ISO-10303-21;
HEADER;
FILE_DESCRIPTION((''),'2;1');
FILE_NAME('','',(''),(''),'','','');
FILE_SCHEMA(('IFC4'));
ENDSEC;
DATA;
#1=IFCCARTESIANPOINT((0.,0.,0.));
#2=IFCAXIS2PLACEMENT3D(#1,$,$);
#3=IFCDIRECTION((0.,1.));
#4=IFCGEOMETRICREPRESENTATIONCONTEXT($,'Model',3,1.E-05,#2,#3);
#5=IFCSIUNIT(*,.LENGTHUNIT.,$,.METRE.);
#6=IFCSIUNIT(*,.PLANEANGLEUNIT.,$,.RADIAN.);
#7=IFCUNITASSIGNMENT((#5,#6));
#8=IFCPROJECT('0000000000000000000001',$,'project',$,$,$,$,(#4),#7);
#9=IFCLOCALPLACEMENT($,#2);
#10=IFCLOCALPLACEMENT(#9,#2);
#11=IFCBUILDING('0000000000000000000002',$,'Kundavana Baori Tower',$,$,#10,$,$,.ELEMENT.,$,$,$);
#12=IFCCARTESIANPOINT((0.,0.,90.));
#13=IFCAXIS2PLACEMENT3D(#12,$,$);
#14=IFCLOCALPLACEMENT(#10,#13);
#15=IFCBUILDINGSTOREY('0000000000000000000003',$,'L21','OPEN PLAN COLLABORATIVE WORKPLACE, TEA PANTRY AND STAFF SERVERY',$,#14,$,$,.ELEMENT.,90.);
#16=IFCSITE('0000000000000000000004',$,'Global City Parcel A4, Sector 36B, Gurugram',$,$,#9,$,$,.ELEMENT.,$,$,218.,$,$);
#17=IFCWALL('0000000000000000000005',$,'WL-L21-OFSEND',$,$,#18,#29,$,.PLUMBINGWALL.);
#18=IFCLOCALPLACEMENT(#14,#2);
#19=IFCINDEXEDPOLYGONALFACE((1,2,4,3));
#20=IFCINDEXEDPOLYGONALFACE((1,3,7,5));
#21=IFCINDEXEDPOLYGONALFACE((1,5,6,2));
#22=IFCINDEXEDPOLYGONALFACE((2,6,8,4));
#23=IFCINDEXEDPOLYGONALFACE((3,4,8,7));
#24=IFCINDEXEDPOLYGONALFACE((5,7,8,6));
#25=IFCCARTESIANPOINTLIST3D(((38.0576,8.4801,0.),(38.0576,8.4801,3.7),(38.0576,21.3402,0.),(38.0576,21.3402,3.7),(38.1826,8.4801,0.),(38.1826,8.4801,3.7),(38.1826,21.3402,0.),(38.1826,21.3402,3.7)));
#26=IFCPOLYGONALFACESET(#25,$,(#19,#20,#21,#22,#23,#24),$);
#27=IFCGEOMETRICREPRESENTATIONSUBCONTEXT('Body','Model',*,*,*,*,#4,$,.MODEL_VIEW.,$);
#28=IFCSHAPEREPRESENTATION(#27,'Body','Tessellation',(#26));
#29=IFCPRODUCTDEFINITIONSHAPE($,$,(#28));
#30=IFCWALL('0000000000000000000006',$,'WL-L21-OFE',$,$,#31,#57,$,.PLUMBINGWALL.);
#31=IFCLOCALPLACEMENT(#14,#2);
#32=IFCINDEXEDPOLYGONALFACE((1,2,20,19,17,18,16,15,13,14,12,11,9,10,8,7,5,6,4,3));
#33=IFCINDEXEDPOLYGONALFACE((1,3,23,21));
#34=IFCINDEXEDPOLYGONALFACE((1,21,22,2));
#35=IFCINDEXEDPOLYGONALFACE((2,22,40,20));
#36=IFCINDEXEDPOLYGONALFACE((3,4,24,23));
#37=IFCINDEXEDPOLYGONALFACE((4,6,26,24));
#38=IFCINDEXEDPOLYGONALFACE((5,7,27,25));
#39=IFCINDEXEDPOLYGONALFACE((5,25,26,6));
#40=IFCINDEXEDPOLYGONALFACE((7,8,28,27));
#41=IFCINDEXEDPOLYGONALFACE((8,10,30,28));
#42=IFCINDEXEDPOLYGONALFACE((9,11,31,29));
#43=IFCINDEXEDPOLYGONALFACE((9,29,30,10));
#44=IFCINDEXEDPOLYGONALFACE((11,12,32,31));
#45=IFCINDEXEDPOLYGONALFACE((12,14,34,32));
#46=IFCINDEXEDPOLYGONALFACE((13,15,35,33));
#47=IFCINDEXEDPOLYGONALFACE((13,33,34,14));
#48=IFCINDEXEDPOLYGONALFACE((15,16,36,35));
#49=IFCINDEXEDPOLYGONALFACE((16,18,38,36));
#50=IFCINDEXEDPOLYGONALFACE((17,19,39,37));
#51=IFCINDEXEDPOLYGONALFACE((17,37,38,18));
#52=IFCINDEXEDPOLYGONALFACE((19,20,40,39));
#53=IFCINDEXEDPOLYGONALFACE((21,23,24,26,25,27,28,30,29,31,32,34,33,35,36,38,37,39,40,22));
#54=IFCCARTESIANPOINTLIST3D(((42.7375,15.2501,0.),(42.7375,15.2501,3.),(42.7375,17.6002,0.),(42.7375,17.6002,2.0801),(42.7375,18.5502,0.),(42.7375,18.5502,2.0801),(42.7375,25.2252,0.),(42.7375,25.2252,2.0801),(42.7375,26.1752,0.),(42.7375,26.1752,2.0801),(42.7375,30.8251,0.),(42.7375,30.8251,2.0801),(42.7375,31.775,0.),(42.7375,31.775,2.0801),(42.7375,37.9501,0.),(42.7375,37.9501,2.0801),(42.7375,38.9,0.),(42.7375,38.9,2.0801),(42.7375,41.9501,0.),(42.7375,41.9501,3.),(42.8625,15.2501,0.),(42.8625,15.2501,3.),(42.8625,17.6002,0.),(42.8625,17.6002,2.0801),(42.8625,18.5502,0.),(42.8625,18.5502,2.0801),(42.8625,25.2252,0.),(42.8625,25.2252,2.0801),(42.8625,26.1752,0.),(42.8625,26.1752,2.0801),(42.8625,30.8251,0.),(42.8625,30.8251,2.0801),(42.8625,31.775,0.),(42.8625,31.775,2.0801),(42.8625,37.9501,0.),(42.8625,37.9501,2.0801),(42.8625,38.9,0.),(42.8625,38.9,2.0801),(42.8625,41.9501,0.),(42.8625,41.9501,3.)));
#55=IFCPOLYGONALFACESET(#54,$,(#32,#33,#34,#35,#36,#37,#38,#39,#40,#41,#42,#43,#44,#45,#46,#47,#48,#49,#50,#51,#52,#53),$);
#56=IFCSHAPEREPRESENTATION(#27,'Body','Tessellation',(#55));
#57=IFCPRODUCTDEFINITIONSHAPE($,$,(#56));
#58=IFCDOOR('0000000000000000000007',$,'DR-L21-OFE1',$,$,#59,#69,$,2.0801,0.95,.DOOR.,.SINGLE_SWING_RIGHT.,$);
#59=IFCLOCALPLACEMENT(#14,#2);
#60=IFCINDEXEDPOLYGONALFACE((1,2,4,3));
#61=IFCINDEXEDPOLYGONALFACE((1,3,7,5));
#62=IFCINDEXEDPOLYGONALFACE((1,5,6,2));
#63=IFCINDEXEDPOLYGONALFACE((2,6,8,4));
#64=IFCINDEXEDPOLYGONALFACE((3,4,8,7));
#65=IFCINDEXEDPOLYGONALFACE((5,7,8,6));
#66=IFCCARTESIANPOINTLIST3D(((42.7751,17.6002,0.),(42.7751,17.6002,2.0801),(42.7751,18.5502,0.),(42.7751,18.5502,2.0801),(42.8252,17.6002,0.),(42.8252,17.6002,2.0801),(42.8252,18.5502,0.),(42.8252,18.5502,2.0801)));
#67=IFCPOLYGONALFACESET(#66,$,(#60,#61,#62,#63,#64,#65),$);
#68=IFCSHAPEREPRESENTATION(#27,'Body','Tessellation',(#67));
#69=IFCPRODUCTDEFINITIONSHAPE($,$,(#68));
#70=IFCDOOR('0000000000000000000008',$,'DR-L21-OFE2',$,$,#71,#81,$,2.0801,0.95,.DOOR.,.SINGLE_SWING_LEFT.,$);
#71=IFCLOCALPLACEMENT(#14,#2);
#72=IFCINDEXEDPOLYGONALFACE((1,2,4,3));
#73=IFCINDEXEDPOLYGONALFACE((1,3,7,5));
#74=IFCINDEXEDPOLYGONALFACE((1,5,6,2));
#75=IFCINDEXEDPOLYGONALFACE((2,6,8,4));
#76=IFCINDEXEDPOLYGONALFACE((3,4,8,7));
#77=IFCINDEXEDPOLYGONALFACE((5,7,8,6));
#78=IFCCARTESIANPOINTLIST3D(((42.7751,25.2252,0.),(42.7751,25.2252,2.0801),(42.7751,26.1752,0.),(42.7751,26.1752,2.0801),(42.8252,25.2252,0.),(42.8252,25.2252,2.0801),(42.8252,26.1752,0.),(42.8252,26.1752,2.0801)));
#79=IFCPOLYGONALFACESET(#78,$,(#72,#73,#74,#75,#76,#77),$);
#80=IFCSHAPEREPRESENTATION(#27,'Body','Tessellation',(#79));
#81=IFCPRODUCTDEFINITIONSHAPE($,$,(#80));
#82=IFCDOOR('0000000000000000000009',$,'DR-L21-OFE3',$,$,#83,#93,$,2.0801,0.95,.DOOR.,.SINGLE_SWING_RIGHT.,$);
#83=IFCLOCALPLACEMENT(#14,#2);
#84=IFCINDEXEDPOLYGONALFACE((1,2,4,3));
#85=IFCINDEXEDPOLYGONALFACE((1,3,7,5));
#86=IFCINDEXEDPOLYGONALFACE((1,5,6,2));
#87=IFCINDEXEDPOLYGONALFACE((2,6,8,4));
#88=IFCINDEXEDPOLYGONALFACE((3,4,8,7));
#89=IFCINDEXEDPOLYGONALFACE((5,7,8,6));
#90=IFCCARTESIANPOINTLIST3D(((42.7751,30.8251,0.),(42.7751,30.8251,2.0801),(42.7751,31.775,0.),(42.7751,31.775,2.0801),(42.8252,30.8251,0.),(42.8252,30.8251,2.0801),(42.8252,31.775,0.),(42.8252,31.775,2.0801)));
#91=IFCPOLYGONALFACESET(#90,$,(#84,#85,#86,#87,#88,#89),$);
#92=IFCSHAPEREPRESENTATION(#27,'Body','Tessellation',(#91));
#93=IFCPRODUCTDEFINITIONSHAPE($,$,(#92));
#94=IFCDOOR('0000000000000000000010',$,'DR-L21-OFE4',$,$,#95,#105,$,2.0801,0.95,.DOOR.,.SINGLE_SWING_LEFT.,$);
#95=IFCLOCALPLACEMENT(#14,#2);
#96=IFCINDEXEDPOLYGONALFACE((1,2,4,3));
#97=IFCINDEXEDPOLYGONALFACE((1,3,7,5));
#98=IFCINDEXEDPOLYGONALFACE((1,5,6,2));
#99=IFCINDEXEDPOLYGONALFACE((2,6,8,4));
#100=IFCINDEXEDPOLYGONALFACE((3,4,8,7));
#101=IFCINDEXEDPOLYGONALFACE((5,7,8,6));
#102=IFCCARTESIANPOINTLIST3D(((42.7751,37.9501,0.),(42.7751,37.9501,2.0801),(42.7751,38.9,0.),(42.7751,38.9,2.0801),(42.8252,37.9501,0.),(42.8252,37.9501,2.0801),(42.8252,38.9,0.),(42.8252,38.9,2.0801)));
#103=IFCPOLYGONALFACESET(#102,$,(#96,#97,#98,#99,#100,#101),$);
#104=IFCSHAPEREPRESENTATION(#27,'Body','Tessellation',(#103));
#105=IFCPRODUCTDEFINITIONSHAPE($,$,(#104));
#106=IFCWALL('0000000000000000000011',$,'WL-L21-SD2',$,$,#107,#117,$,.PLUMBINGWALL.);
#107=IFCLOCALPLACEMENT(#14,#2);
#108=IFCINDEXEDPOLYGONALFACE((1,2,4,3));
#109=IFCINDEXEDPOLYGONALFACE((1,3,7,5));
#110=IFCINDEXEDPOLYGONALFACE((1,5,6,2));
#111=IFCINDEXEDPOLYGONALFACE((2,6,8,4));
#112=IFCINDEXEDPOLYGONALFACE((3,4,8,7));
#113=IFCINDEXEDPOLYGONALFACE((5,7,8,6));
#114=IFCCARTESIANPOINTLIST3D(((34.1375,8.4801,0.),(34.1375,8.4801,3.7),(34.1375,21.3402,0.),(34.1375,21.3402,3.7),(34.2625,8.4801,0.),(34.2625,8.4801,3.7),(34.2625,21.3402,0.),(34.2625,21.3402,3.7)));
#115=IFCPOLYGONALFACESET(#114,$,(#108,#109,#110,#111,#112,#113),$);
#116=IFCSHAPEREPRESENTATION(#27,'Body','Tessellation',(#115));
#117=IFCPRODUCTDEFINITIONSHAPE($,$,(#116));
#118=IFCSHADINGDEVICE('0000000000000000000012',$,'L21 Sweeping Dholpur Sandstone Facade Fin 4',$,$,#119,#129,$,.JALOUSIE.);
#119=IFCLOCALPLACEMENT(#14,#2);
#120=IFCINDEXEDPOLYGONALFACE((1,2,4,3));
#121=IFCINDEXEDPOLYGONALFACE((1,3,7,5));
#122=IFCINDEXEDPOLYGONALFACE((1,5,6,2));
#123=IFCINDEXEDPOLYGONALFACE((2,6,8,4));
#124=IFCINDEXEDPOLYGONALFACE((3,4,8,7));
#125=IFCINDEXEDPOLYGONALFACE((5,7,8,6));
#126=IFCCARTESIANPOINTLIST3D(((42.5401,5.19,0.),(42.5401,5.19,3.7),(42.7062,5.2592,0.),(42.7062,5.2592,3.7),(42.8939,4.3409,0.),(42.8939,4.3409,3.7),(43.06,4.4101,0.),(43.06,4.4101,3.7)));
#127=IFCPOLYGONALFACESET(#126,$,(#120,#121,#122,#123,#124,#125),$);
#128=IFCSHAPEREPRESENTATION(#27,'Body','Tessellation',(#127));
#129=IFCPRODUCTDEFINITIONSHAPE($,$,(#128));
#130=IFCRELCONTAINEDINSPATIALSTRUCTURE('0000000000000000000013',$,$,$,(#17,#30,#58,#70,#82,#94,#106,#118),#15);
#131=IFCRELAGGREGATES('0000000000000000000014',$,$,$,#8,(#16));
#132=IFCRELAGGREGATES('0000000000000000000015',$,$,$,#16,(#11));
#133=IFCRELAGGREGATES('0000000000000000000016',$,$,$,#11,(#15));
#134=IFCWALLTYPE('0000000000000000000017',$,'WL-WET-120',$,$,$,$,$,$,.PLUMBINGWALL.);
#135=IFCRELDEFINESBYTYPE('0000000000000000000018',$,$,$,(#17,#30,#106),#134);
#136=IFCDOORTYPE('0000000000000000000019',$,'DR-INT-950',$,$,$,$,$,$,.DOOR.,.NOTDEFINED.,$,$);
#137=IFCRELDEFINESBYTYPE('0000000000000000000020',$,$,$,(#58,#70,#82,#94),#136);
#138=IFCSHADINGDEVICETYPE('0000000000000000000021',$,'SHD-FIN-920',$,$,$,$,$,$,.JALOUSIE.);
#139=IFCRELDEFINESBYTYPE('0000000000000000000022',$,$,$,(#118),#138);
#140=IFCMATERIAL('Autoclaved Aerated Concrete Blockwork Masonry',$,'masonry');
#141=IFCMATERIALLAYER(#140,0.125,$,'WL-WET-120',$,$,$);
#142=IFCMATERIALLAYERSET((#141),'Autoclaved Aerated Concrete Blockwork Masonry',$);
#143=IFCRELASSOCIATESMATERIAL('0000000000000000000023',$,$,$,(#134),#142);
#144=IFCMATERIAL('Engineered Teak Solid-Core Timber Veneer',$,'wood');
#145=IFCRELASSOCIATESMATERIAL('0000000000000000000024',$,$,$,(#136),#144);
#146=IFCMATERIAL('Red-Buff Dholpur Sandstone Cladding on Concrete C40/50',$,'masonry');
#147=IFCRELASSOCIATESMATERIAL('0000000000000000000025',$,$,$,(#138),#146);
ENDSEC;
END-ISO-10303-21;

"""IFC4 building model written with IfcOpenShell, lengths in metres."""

from ifc_helpers import new_model, si_unit, direction, frame, frame_2d, origin, origin_2d, place, context, subcontext, project, spatial, rectangle, extrude, material, layer, layer_set, type_object, element, fill, save


model = new_model("IFC4")

# Units and contexts
model_context = context("Model", 3, precision=1e-05, world=origin(), true_north=direction((0.0, 1.0)))
body_context = subcontext(model_context, "Body", "Model", "MODEL_VIEW")
ifc_project = project(units=[si_unit("LENGTHUNIT", "METRE"), si_unit("PLANEANGLEUNIT", "RADIAN")], contexts=[model_context])

# Site, building, storey
site_placement = place(None, origin())
site = spatial("IfcSite", under=ifc_project, at=site_placement, Name="Global City Parcel A4, Sector 36B, Gurugram", CompositionType="ELEMENT", RefElevation=218.0)
building_placement = place(site_placement, origin())
building = spatial("IfcBuilding", under=site, at=building_placement, Name="Kundavana Baori Tower", CompositionType="ELEMENT")
storey_placement = place(building_placement, frame((0.0, 0.0, 90.0)))
storey = spatial("IfcBuildingStorey", under=building, at=storey_placement, Name="L21", Description="OPEN PLAN COLLABORATIVE WORKPLACE, TEA PANTRY AND STAFF SERVERY", CompositionType="ELEMENT", Elevation=90.0)

# Wall
ifc_material_1 = material(Name="Autoclaved Aerated Concrete Blockwork Masonry", Category="masonry")
ifc_layer_1 = layer(ifc_material_1, 0.125, Name="WL-WET-120")
ifc_layer_set_1 = layer_set([ifc_layer_1], Name="Autoclaved Aerated Concrete Blockwork Masonry")
wall_type_1 = type_object("IfcWallType", Name="WL-WET-120", PredefinedType="PLUMBINGWALL", material=ifc_layer_set_1)
wall_1_placement = place(storey_placement, frame((38.1201, 8.48, 0.0), z_axis=(0.0, 0.0, 1.0), x_axis=(0.0, 1.0, 0.0)))
element("IfcWall", 1, at=wall_1_placement, inside=storey, type_object=wall_type_1, Name="WL-L21-OFSEND", PredefinedType="PLUMBINGWALL", context=body_context, shape_type="SweptSolid", body=[
    extrude(rectangle(XDim=12.8601, YDim=0.125, at=frame_2d((6.4302, 0.0))), origin(), (0.0, 0.0, 1.0), 3.7),
])

# Wall, openings, doors
wall_2_placement = place(storey_placement, frame((42.8, 15.25, 0.0), z_axis=(0.0, 0.0, 1.0), x_axis=(0.0, 1.0, 0.0)))
wall_2 = element("IfcWall", 2, at=wall_2_placement, inside=storey, type_object=wall_type_1, Name="WL-L21-OFE", PredefinedType="PLUMBINGWALL", context=body_context, shape_type="SweptSolid", body=[
    extrude(rectangle(XDim=26.7, YDim=0.125, at=frame_2d((13.3501, 0.0))), origin(), (0.0, 0.0, 1.0), 3.0),
])
opening_1_placement = place(wall_2_placement, frame((2.3501, 0.0, 0.0)))
opening_1 = element("IfcOpeningElement", 3, at=opening_1_placement, cuts=wall_2, PredefinedType="OPENING", context=body_context, shape_type="SweptSolid", body=[
    extrude(rectangle(XDim=0.95, YDim=2.0801, at=frame_2d((0.4751, 1.04))), frame((0.0, 0.0725, 0.0), z_axis=(0.0, -1.0, 0.0), x_axis=(1.0, 0.0, 0.0)), (0.0, 0.0, 1.0), 0.145),
])
opening_2_placement = place(wall_2_placement, frame((9.9751, 0.0, 0.0)))
opening_2 = element("IfcOpeningElement", 4, at=opening_2_placement, cuts=wall_2, PredefinedType="OPENING", context=body_context, shape_type="SweptSolid", body=[
    extrude(rectangle(XDim=0.95, YDim=2.0801, at=frame_2d((0.4751, 1.04))), frame((0.0, 0.0725, 0.0), z_axis=(0.0, -1.0, 0.0), x_axis=(1.0, 0.0, 0.0)), (0.0, 0.0, 1.0), 0.145),
])
opening_3_placement = place(wall_2_placement, frame((15.575, 0.0, 0.0)))
opening_3 = element("IfcOpeningElement", 5, at=opening_3_placement, cuts=wall_2, PredefinedType="OPENING", context=body_context, shape_type="SweptSolid", body=[
    extrude(rectangle(XDim=0.95, YDim=2.0801, at=frame_2d((0.4751, 1.04))), frame((0.0, 0.0725, 0.0), z_axis=(0.0, -1.0, 0.0), x_axis=(1.0, 0.0, 0.0)), (0.0, 0.0, 1.0), 0.145),
])
opening_4_placement = place(wall_2_placement, frame((22.7, 0.0, 0.0)))
opening_4 = element("IfcOpeningElement", 6, at=opening_4_placement, cuts=wall_2, PredefinedType="OPENING", context=body_context, shape_type="SweptSolid", body=[
    extrude(rectangle(XDim=0.95, YDim=2.0801, at=frame_2d((0.4751, 1.04))), frame((0.0, 0.0725, 0.0), z_axis=(0.0, -1.0, 0.0), x_axis=(1.0, 0.0, 0.0)), (0.0, 0.0, 1.0), 0.145),
])
ifc_material_2 = material(Name="Engineered Teak Solid-Core Timber Veneer", Category="wood")
door_type_1 = type_object("IfcDoorType", Name="DR-INT-950", OperationType="NOTDEFINED", PredefinedType="DOOR", material=ifc_material_2)
door_1_placement = place(opening_1_placement, origin())
door_1 = element("IfcDoor", 7, at=door_1_placement, inside=storey, type_object=door_type_1, Name="DR-L21-OFE1", OperationType="SINGLE_SWING_RIGHT", OverallHeight=2.0801, OverallWidth=0.95, PredefinedType="DOOR", context=body_context, shape_type="SweptSolid", body=[
    extrude(rectangle(XDim=0.95, YDim=2.0801, at=frame_2d((0.4751, 1.04))), frame((0.0, 0.0249, 0.0), z_axis=(0.0, -1.0, 0.0), x_axis=(1.0, 0.0, 0.0)), (0.0, 0.0, 1.0), 0.05),
])
fill(opening_1, door_1)
door_2_placement = place(opening_2_placement, origin())
door_2 = element("IfcDoor", 8, at=door_2_placement, inside=storey, type_object=door_type_1, Name="DR-L21-OFE2", OperationType="SINGLE_SWING_LEFT", OverallHeight=2.0801, OverallWidth=0.95, PredefinedType="DOOR", context=body_context, shape_type="SweptSolid", body=[
    extrude(rectangle(XDim=0.95, YDim=2.0801, at=frame_2d((0.4751, 1.04))), frame((0.0, 0.0249, 0.0), z_axis=(0.0, -1.0, 0.0), x_axis=(1.0, 0.0, 0.0)), (0.0, 0.0, 1.0), 0.05),
])
fill(opening_2, door_2)
door_3_placement = place(opening_3_placement, origin())
door_3 = element("IfcDoor", 9, at=door_3_placement, inside=storey, type_object=door_type_1, Name="DR-L21-OFE3", OperationType="SINGLE_SWING_RIGHT", OverallHeight=2.0801, OverallWidth=0.95, PredefinedType="DOOR", context=body_context, shape_type="SweptSolid", body=[
    extrude(rectangle(XDim=0.95, YDim=2.0801, at=frame_2d((0.4751, 1.04))), frame((0.0, 0.0249, 0.0), z_axis=(0.0, -1.0, 0.0), x_axis=(1.0, 0.0, 0.0)), (0.0, 0.0, 1.0), 0.05),
])
fill(opening_3, door_3)
door_4_placement = place(opening_4_placement, origin())
door_4 = element("IfcDoor", 10, at=door_4_placement, inside=storey, type_object=door_type_1, Name="DR-L21-OFE4", OperationType="SINGLE_SWING_LEFT", OverallHeight=2.0801, OverallWidth=0.95, PredefinedType="DOOR", context=body_context, shape_type="SweptSolid", body=[
    extrude(rectangle(XDim=0.95, YDim=2.0801, at=frame_2d((0.4751, 1.04))), frame((0.0, 0.0249, 0.0), z_axis=(0.0, -1.0, 0.0), x_axis=(1.0, 0.0, 0.0)), (0.0, 0.0, 1.0), 0.05),
])
fill(opening_4, door_4)

# Wall
wall_3_placement = place(storey_placement, frame((34.2, 8.48, 0.0), z_axis=(0.0, 0.0, 1.0), x_axis=(0.0, 1.0, 0.0)))
element("IfcWall", 11, at=wall_3_placement, inside=storey, type_object=wall_type_1, Name="WL-L21-SD2", PredefinedType="PLUMBINGWALL", context=body_context, shape_type="SweptSolid", body=[
    extrude(rectangle(XDim=12.8601, YDim=0.125, at=frame_2d((6.4302, 0.0))), origin(), (0.0, 0.0, 1.0), 3.7),
])

# Shading device
ifc_material_3 = material(Name="Red-Buff Dholpur Sandstone Cladding on Concrete C40/50", Category="masonry")
shading_device_type = type_object("IfcShadingDeviceType", Name="SHD-FIN-920", PredefinedType="JALOUSIE", material=ifc_material_3)
shading_device_placement = place(storey_placement, frame((42.8, 4.8, 0.0), z_axis=(0.0, 0.0, 1.0), x_axis=(0.923076, 0.384618, 0.0)))
element("IfcShadingDevice", 12, at=shading_device_placement, inside=storey, type_object=shading_device_type, Name="L21 Sweeping Dholpur Sandstone Facade Fin 4", PredefinedType="JALOUSIE", context=body_context, shape_type="SweptSolid", body=[
    extrude(rectangle(XDim=0.1799, YDim=0.9199, at=origin_2d()), origin(), (0.0, 0.0, 1.0), 3.7),
])

save(model, "model.ifc")
